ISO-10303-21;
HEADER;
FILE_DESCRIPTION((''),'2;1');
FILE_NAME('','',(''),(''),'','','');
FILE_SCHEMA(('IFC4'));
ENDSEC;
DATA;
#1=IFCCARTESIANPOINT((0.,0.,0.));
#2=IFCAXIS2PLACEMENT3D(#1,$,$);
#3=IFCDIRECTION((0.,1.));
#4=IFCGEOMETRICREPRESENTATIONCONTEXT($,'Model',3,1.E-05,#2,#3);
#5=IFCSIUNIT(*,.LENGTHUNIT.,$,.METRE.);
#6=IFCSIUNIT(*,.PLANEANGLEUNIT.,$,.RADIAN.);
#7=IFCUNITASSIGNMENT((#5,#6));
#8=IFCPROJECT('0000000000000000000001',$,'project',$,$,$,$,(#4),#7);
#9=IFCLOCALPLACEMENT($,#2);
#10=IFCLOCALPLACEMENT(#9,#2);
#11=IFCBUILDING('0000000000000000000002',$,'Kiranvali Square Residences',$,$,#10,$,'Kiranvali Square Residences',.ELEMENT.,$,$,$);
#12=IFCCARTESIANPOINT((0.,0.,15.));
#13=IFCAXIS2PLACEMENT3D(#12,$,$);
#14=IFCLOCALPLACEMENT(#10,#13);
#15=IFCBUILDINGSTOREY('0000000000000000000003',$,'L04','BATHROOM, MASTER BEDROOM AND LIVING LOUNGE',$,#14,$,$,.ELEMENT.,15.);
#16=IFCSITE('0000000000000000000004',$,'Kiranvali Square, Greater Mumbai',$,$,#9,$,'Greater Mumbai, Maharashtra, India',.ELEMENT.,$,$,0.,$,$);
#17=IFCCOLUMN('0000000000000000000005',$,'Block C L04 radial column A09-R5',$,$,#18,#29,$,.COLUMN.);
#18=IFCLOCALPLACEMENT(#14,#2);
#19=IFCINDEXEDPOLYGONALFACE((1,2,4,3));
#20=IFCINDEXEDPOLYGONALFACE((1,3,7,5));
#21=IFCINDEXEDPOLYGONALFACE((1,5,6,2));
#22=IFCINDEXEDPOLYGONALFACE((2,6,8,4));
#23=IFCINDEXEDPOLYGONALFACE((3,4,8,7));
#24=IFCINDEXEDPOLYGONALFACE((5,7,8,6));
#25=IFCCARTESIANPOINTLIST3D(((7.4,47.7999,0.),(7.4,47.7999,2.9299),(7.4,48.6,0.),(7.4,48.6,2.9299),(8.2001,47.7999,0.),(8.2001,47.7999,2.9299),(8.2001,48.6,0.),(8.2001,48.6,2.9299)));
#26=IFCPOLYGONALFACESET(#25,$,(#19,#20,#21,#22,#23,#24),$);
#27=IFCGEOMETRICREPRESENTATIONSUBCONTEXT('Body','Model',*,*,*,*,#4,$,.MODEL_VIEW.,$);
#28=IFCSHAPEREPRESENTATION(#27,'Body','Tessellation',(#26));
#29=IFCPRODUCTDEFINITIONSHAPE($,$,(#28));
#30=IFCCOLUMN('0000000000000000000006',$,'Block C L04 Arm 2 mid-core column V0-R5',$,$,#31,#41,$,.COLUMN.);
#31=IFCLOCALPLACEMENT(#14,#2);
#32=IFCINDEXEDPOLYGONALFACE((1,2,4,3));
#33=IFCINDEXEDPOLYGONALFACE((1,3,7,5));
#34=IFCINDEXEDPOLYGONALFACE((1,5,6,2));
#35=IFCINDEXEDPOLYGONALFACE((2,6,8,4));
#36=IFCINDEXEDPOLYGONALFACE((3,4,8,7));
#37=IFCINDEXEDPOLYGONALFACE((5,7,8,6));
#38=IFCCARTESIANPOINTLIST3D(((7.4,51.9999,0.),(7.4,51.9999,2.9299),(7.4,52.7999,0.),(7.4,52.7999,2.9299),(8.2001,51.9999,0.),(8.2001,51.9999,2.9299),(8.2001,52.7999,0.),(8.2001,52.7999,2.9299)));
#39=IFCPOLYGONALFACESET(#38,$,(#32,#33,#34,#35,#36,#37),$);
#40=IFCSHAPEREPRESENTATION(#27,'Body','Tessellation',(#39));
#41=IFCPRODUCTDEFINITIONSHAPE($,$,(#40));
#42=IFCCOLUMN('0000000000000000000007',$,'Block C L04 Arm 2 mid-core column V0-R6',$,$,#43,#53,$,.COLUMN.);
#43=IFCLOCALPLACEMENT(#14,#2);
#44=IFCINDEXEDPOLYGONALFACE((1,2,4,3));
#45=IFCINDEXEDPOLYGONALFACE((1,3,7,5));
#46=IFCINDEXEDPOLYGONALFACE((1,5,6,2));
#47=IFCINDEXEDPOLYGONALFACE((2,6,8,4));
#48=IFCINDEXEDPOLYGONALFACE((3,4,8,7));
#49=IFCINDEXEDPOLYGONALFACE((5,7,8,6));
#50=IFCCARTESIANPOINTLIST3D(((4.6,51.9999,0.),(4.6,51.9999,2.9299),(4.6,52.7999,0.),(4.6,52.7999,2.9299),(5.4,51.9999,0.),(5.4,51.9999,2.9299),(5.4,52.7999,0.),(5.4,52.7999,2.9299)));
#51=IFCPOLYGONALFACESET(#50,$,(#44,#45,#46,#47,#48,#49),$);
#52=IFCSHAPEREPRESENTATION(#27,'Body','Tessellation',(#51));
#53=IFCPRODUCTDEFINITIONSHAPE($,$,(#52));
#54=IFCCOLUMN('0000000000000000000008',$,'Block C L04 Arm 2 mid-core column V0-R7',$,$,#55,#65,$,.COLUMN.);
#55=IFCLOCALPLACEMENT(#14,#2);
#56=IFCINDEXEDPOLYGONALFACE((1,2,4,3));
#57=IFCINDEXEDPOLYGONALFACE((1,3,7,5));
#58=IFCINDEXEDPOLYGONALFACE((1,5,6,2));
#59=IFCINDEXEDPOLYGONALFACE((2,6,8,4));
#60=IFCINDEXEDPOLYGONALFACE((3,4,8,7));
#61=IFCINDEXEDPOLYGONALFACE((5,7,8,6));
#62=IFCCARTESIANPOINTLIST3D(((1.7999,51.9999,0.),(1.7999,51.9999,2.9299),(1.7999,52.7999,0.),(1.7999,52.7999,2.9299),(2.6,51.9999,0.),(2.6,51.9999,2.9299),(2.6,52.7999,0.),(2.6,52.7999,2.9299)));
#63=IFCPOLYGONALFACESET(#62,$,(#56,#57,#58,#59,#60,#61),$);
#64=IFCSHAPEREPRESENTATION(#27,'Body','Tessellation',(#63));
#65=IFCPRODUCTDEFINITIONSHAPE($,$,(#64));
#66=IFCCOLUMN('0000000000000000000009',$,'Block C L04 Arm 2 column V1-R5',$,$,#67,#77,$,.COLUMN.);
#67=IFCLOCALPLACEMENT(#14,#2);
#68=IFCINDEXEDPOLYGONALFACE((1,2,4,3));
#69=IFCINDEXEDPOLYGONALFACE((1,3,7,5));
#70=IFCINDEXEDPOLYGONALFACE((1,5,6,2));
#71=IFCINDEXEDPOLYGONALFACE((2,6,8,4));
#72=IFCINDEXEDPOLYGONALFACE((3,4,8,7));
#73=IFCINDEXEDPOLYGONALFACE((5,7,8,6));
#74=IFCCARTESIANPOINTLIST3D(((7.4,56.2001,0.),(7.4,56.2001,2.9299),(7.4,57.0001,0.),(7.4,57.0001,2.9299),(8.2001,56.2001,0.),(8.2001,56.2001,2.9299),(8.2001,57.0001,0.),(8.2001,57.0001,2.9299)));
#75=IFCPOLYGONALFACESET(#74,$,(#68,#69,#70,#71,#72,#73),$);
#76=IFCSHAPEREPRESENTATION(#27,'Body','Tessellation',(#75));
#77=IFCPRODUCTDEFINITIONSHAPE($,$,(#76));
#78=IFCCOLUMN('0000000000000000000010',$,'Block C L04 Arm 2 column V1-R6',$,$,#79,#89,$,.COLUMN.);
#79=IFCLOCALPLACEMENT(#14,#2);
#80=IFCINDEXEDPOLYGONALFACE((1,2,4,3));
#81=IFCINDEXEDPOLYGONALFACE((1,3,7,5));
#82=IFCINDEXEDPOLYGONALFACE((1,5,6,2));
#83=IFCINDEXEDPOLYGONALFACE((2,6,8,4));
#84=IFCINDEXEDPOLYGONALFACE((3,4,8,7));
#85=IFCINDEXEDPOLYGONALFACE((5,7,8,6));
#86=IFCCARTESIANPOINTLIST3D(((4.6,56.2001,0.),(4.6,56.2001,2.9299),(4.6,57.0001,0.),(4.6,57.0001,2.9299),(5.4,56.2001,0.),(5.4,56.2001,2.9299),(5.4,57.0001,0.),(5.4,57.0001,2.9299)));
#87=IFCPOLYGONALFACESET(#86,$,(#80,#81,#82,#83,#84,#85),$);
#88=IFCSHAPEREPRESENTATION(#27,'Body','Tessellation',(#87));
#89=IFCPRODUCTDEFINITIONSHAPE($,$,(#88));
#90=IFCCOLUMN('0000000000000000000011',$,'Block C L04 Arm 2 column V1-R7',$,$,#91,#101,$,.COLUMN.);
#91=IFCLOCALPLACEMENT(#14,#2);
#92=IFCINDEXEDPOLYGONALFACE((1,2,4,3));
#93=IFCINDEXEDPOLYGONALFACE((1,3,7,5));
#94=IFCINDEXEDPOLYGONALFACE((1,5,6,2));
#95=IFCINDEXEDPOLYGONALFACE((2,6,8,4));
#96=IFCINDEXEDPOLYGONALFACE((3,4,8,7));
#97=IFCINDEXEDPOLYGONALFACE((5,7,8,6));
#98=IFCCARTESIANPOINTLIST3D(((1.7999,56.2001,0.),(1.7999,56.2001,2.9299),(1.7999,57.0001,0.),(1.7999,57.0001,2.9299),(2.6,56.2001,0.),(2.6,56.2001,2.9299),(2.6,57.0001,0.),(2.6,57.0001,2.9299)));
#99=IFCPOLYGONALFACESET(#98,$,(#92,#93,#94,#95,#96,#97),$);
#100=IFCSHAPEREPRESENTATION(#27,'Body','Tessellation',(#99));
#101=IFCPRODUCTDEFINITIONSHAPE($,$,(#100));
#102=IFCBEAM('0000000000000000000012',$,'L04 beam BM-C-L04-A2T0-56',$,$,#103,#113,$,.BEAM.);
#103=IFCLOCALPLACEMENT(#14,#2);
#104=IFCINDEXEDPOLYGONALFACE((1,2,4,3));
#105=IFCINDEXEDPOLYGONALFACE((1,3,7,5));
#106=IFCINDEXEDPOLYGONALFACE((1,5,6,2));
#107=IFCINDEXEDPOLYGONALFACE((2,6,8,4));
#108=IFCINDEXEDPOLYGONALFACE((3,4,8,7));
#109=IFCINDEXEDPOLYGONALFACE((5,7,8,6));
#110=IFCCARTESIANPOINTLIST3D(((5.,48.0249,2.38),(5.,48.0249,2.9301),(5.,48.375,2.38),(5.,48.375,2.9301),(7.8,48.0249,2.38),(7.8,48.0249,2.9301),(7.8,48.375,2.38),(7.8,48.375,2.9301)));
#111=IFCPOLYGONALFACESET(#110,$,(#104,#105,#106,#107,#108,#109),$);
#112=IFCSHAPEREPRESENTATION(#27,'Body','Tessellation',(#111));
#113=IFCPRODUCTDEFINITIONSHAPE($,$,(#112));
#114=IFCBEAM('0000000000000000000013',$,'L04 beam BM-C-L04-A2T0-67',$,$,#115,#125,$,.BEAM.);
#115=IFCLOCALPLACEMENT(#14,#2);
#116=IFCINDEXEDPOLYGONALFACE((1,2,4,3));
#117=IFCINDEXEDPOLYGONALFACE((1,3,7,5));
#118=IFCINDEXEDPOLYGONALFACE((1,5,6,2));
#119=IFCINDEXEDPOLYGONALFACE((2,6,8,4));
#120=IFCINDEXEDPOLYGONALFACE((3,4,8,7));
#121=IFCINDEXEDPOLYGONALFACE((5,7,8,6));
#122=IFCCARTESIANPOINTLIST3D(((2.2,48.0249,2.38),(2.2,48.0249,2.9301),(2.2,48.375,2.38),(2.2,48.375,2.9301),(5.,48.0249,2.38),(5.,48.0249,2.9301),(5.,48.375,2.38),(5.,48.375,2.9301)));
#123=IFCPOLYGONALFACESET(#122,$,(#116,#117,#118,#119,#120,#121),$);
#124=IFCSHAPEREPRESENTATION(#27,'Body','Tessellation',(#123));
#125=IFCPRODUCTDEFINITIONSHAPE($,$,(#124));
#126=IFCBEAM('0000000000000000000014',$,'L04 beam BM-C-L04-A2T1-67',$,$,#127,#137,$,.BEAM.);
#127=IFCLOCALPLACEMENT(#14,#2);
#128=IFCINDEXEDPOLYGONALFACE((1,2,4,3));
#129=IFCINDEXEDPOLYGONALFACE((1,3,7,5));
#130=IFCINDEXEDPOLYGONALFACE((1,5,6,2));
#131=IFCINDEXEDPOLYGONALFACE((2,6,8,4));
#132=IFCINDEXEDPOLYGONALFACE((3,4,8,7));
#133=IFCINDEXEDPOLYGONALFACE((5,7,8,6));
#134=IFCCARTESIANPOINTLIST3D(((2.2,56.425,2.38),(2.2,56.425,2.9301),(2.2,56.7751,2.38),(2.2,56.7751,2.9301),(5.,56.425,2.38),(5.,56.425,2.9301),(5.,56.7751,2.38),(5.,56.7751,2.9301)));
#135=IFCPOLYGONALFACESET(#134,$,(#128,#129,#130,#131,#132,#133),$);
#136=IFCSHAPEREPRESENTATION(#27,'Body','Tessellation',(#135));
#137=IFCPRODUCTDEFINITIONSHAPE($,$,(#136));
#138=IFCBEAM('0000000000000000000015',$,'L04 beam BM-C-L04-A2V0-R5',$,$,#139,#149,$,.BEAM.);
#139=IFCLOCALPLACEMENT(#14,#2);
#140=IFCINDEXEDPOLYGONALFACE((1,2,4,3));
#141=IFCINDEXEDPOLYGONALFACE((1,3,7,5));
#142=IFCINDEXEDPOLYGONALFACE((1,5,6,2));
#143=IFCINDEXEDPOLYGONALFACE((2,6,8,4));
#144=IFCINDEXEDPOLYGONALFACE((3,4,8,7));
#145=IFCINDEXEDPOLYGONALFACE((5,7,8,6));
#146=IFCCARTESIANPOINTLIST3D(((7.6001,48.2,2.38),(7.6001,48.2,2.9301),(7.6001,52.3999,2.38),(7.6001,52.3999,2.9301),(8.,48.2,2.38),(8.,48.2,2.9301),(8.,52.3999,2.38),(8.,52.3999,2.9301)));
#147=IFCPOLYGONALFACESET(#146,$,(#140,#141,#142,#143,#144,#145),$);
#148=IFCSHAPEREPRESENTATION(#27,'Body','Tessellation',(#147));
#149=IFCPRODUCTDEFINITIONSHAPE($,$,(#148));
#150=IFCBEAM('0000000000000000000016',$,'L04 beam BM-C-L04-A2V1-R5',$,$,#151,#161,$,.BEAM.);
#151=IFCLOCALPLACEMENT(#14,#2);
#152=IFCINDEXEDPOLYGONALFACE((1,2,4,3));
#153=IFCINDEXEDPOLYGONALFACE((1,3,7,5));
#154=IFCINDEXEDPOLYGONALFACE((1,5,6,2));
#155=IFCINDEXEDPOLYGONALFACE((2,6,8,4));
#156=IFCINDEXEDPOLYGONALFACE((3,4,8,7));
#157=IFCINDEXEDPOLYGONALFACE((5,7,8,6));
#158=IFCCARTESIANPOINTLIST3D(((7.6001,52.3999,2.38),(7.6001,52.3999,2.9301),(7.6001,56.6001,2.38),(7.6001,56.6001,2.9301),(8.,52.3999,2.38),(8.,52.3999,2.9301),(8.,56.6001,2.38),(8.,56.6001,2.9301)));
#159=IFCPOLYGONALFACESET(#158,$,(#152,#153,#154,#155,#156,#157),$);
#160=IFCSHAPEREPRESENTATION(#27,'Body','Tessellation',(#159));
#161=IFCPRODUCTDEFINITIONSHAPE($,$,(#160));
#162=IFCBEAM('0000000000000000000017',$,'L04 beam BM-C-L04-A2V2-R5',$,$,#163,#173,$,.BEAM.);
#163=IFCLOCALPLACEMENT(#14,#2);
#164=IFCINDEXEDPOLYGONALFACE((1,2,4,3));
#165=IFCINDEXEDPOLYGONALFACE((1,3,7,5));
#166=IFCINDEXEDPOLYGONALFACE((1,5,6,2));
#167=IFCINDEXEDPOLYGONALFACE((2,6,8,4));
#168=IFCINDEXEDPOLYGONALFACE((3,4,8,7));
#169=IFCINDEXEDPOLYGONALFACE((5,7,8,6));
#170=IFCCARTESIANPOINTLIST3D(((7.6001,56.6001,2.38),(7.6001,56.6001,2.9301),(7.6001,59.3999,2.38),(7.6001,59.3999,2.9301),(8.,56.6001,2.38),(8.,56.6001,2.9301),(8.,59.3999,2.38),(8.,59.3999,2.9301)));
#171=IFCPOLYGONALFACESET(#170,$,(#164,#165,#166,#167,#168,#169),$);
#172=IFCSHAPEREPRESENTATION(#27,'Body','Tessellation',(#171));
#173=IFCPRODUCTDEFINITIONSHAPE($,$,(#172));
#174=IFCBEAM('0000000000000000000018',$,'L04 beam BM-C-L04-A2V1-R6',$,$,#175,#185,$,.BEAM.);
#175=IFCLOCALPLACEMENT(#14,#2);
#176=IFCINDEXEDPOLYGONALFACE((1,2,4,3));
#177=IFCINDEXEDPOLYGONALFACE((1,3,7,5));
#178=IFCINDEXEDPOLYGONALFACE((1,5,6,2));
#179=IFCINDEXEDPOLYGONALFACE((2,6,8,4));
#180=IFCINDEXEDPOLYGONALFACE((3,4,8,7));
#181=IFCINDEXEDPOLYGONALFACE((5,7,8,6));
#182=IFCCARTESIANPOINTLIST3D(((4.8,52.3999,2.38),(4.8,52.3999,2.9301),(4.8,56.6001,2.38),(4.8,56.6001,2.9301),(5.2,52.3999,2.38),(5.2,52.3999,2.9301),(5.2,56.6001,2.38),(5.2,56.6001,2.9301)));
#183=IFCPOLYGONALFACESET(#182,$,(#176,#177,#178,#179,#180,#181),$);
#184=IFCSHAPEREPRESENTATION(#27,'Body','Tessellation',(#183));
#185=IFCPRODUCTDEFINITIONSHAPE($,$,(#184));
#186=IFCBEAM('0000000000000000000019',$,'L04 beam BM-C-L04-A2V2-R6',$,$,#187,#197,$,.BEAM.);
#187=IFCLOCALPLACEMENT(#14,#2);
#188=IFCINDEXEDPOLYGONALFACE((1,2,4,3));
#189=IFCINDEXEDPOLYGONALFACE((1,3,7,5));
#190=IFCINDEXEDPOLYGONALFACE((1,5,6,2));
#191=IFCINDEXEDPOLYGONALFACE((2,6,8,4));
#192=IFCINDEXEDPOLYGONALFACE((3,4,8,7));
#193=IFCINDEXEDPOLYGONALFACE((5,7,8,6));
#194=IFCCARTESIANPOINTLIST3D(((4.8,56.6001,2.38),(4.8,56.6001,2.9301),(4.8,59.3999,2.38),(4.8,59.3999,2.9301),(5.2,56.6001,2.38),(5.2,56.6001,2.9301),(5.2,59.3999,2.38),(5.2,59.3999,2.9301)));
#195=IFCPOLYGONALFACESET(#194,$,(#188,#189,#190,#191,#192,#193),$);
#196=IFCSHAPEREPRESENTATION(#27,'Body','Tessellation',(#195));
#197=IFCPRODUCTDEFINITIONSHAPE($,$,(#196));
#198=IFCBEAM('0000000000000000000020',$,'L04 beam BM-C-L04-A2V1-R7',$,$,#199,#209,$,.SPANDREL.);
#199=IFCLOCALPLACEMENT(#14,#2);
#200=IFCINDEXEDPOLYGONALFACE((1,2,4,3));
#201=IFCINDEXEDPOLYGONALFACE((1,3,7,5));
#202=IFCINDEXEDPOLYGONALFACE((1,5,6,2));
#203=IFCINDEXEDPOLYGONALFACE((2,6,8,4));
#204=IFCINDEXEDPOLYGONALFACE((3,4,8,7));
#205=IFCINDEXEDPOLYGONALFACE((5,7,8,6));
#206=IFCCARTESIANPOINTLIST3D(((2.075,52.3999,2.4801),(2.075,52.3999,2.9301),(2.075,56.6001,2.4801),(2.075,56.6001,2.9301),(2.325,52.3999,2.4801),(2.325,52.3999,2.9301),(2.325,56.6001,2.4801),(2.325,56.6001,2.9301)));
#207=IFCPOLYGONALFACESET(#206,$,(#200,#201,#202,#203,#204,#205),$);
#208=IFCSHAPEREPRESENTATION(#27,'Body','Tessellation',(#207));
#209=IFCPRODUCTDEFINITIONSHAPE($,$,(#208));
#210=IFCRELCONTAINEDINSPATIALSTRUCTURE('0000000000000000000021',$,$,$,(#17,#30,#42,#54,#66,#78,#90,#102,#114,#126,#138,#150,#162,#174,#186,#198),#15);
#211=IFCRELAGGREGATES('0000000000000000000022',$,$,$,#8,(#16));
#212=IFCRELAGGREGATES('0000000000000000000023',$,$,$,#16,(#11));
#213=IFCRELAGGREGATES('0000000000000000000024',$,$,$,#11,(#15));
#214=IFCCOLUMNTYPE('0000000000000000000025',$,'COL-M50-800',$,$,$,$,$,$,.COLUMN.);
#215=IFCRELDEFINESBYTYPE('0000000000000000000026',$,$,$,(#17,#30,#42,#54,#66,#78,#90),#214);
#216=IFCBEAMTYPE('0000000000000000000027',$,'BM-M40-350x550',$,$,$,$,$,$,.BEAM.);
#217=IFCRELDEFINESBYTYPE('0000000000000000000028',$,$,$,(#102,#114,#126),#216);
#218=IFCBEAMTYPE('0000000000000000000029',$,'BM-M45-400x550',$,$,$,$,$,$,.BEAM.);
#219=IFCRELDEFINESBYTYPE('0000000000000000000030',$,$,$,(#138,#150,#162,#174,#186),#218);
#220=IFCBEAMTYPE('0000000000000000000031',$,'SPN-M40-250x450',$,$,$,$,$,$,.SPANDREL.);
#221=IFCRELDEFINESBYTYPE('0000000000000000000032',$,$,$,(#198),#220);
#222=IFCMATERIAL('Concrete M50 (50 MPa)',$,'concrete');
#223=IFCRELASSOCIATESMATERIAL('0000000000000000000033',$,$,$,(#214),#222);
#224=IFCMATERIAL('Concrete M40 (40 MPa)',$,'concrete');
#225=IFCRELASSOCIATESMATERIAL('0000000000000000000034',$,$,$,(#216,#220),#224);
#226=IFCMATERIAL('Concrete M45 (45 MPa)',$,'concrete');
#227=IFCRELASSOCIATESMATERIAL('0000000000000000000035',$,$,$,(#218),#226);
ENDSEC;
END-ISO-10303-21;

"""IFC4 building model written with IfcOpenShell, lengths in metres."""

from ifc_helpers import new_model, si_unit, direction, frame, origin, origin_2d, place, context, subcontext, project, spatial, rectangle, extrude, material, material_profile, profile_set, type_object, element, save


model = new_model("IFC4")

# Units and contexts
model_context = context("Model", 3, precision=1e-05, world=origin(), true_north=direction((0.0, 1.0)))
body_context = subcontext(model_context, "Body", "Model", "MODEL_VIEW")
ifc_project = project(units=[si_unit("LENGTHUNIT", "METRE"), si_unit("PLANEANGLEUNIT", "RADIAN")], contexts=[model_context])

# Site, building, storey
site_placement = place(None, origin())
site = spatial("IfcSite", under=ifc_project, at=site_placement, Name="Kiranvali Square, Greater Mumbai", LongName="Greater Mumbai, Maharashtra, India", CompositionType="ELEMENT", RefElevation=0.0)
building_placement = place(site_placement, origin())
building = spatial("IfcBuilding", under=site, at=building_placement, Name="Kiranvali Square Residences", LongName="Kiranvali Square Residences", CompositionType="ELEMENT")
storey_placement = place(building_placement, frame((0.0, 0.0, 15.0)))
storey = spatial("IfcBuildingStorey", under=building, at=storey_placement, Name="L04", Description="BATHROOM, MASTER BEDROOM AND LIVING LOUNGE", CompositionType="ELEMENT", Elevation=15.0)

# Columns
ifc_material_1 = material(Name="Concrete M50 (50 MPa)", Category="concrete")
ifc_material_profile_1 = material_profile(ifc_material_1, rectangle(XDim=0.8, YDim=0.8, at=origin_2d()), Name="RC 800x800")
ifc_profile_set_1 = profile_set([ifc_material_profile_1], Name="Concrete M50 (50 MPa)")
column_type = type_object("IfcColumnType", Name="COL-M50-800", PredefinedType="COLUMN", material=ifc_profile_set_1)
for number, where, z_axis, x_axis, name in (
    (1, (7.8, 48.2, 0.0), (0.0, 0.0, 1.0), (0.0, 1.0, 0.0), "Block C L04 radial column A09-R5"),
    (2, (7.8, 52.3999, 0.0), (0.0, 0.0, 1.0), (1.0, 0.0, 0.0), "Block C L04 Arm 2 mid-core column V0-R5"),
    (3, (5.0, 52.3999, 0.0), (0.0, 0.0, 1.0), (1.0, 0.0, 0.0), "Block C L04 Arm 2 mid-core column V0-R6"),
    (4, (2.2, 52.3999, 0.0), (0.0, 0.0, 1.0), (1.0, 0.0, 0.0), "Block C L04 Arm 2 mid-core column V0-R7"),
    (5, (7.8, 56.6001, 0.0), (0.0, 0.0, 1.0), (1.0, 0.0, 0.0), "Block C L04 Arm 2 column V1-R5"),
    (6, (5.0, 56.6001, 0.0), (0.0, 0.0, 1.0), (1.0, 0.0, 0.0), "Block C L04 Arm 2 column V1-R6"),
    (7, (2.2, 56.6001, 0.0), (0.0, 0.0, 1.0), (1.0, 0.0, 0.0), "Block C L04 Arm 2 column V1-R7"),
):
    element("IfcColumn", number, at=place(storey_placement, frame(where, z_axis=z_axis, x_axis=x_axis)), inside=storey, type_object=column_type, Name=name, PredefinedType="COLUMN", context=body_context, shape_type="SweptSolid", body=[
        extrude(rectangle(XDim=0.8, YDim=0.8, at=origin_2d()), origin(), (0.0, 0.0, 1.0), 2.9299),
    ])

# Beams
ifc_material_2 = material(Name="Concrete M40 (40 MPa)", Category="concrete")
ifc_material_profile_2 = material_profile(ifc_material_2, rectangle(XDim=0.3501, YDim=0.55, at=origin_2d()), Name="RC 350x550")
ifc_profile_set_2 = profile_set([ifc_material_profile_2], Name="Concrete M40 (40 MPa)")
beam_type_1 = type_object("IfcBeamType", Name="BM-M40-350x550", PredefinedType="BEAM", material=ifc_profile_set_2)
for number, where, z_axis, x_axis, name in (
    (8, (7.8, 48.2, 2.655), (-1.0, 0.0, 0.0), (0.0, -1.0, 0.0), "L04 beam BM-C-L04-A2T0-56"),
    (9, (5.0, 48.2, 2.655), (-1.0, 0.0, 0.0), (0.0, -1.0, 0.0), "L04 beam BM-C-L04-A2T0-67"),
    (10, (5.0, 56.6001, 2.655), (-1.0, 0.0, 0.0), (0.0, -1.0, 0.0), "L04 beam BM-C-L04-A2T1-67"),
):
    element("IfcBeam", number, at=place(storey_placement, frame(where, z_axis=z_axis, x_axis=x_axis)), inside=storey, type_object=beam_type_1, Name=name, PredefinedType="BEAM", context=body_context, shape_type="SweptSolid", body=[
        extrude(rectangle(XDim=0.3501, YDim=0.55, at=origin_2d()), origin(), (0.0, 0.0, 1.0), 2.8),
    ])
ifc_material_3 = material(Name="Concrete M45 (45 MPa)", Category="concrete")
ifc_material_profile_3 = material_profile(ifc_material_3, rectangle(XDim=0.3999, YDim=0.55, at=origin_2d()), Name="RC 400x550")
ifc_profile_set_3 = profile_set([ifc_material_profile_3], Name="Concrete M45 (45 MPa)")
beam_type_2 = type_object("IfcBeamType", Name="BM-M45-400x550", PredefinedType="BEAM", material=ifc_profile_set_3)
beam_1_placement = place(storey_placement, frame((7.8, 48.2, 2.655), z_axis=(0.0, 1.0, 0.0), x_axis=(-1.0, 0.0, 0.0)))
element("IfcBeam", 11, at=beam_1_placement, inside=storey, type_object=beam_type_2, Name="L04 beam BM-C-L04-A2V0-R5", PredefinedType="BEAM", context=body_context, shape_type="SweptSolid", body=[
    extrude(rectangle(XDim=0.3999, YDim=0.55, at=origin_2d()), origin(), (0.0, 0.0, 1.0), 4.2),
])
beam_2_placement = place(storey_placement, frame((7.8, 52.3999, 2.655), z_axis=(0.0, 1.0, 0.0), x_axis=(-1.0, 0.0, 0.0)))
element("IfcBeam", 12, at=beam_2_placement, inside=storey, type_object=beam_type_2, Name="L04 beam BM-C-L04-A2V1-R5", PredefinedType="BEAM", context=body_context, shape_type="SweptSolid", body=[
    extrude(rectangle(XDim=0.3999, YDim=0.55, at=origin_2d()), origin(), (0.0, 0.0, 1.0), 4.2002),
])
beam_3_placement = place(storey_placement, frame((7.8, 56.6001, 2.655), z_axis=(0.0, 1.0, 0.0), x_axis=(-1.0, 0.0, 0.0)))
element("IfcBeam", 13, at=beam_3_placement, inside=storey, type_object=beam_type_2, Name="L04 beam BM-C-L04-A2V2-R5", PredefinedType="BEAM", context=body_context, shape_type="SweptSolid", body=[
    extrude(rectangle(XDim=0.3999, YDim=0.55, at=origin_2d()), origin(), (0.0, 0.0, 1.0), 2.7998),
])
beam_4_placement = place(storey_placement, frame((5.0, 52.3999, 2.655), z_axis=(0.0, 1.0, 0.0), x_axis=(-1.0, 0.0, 0.0)))
element("IfcBeam", 14, at=beam_4_placement, inside=storey, type_object=beam_type_2, Name="L04 beam BM-C-L04-A2V1-R6", PredefinedType="BEAM", context=body_context, shape_type="SweptSolid", body=[
    extrude(rectangle(XDim=0.3999, YDim=0.55, at=origin_2d()), origin(), (0.0, 0.0, 1.0), 4.2002),
])
beam_5_placement = place(storey_placement, frame((5.0, 56.6001, 2.655), z_axis=(0.0, 1.0, 0.0), x_axis=(-1.0, 0.0, 0.0)))
element("IfcBeam", 15, at=beam_5_placement, inside=storey, type_object=beam_type_2, Name="L04 beam BM-C-L04-A2V2-R6", PredefinedType="BEAM", context=body_context, shape_type="SweptSolid", body=[
    extrude(rectangle(XDim=0.3999, YDim=0.55, at=origin_2d()), origin(), (0.0, 0.0, 1.0), 2.7998),
])
ifc_material_profile_4 = material_profile(ifc_material_2, rectangle(XDim=0.25, YDim=0.45, at=origin_2d()), Name="RC 250x450")
ifc_profile_set_4 = profile_set([ifc_material_profile_4], Name="Concrete M40 (40 MPa)")
beam_type_3 = type_object("IfcBeamType", Name="SPN-M40-250x450", PredefinedType="SPANDREL", material=ifc_profile_set_4)
beam_6_placement = place(storey_placement, frame((2.2, 52.3999, 2.7051), z_axis=(0.0, 1.0, 0.0), x_axis=(-1.0, 0.0, 0.0)))
element("IfcBeam", 16, at=beam_6_placement, inside=storey, type_object=beam_type_3, Name="L04 beam BM-C-L04-A2V1-R7", PredefinedType="SPANDREL", context=body_context, shape_type="SweptSolid", body=[
    extrude(rectangle(XDim=0.25, YDim=0.45, at=origin_2d()), origin(), (0.0, 0.0, 1.0), 4.2002),
])

save(model, "model.ifc")
